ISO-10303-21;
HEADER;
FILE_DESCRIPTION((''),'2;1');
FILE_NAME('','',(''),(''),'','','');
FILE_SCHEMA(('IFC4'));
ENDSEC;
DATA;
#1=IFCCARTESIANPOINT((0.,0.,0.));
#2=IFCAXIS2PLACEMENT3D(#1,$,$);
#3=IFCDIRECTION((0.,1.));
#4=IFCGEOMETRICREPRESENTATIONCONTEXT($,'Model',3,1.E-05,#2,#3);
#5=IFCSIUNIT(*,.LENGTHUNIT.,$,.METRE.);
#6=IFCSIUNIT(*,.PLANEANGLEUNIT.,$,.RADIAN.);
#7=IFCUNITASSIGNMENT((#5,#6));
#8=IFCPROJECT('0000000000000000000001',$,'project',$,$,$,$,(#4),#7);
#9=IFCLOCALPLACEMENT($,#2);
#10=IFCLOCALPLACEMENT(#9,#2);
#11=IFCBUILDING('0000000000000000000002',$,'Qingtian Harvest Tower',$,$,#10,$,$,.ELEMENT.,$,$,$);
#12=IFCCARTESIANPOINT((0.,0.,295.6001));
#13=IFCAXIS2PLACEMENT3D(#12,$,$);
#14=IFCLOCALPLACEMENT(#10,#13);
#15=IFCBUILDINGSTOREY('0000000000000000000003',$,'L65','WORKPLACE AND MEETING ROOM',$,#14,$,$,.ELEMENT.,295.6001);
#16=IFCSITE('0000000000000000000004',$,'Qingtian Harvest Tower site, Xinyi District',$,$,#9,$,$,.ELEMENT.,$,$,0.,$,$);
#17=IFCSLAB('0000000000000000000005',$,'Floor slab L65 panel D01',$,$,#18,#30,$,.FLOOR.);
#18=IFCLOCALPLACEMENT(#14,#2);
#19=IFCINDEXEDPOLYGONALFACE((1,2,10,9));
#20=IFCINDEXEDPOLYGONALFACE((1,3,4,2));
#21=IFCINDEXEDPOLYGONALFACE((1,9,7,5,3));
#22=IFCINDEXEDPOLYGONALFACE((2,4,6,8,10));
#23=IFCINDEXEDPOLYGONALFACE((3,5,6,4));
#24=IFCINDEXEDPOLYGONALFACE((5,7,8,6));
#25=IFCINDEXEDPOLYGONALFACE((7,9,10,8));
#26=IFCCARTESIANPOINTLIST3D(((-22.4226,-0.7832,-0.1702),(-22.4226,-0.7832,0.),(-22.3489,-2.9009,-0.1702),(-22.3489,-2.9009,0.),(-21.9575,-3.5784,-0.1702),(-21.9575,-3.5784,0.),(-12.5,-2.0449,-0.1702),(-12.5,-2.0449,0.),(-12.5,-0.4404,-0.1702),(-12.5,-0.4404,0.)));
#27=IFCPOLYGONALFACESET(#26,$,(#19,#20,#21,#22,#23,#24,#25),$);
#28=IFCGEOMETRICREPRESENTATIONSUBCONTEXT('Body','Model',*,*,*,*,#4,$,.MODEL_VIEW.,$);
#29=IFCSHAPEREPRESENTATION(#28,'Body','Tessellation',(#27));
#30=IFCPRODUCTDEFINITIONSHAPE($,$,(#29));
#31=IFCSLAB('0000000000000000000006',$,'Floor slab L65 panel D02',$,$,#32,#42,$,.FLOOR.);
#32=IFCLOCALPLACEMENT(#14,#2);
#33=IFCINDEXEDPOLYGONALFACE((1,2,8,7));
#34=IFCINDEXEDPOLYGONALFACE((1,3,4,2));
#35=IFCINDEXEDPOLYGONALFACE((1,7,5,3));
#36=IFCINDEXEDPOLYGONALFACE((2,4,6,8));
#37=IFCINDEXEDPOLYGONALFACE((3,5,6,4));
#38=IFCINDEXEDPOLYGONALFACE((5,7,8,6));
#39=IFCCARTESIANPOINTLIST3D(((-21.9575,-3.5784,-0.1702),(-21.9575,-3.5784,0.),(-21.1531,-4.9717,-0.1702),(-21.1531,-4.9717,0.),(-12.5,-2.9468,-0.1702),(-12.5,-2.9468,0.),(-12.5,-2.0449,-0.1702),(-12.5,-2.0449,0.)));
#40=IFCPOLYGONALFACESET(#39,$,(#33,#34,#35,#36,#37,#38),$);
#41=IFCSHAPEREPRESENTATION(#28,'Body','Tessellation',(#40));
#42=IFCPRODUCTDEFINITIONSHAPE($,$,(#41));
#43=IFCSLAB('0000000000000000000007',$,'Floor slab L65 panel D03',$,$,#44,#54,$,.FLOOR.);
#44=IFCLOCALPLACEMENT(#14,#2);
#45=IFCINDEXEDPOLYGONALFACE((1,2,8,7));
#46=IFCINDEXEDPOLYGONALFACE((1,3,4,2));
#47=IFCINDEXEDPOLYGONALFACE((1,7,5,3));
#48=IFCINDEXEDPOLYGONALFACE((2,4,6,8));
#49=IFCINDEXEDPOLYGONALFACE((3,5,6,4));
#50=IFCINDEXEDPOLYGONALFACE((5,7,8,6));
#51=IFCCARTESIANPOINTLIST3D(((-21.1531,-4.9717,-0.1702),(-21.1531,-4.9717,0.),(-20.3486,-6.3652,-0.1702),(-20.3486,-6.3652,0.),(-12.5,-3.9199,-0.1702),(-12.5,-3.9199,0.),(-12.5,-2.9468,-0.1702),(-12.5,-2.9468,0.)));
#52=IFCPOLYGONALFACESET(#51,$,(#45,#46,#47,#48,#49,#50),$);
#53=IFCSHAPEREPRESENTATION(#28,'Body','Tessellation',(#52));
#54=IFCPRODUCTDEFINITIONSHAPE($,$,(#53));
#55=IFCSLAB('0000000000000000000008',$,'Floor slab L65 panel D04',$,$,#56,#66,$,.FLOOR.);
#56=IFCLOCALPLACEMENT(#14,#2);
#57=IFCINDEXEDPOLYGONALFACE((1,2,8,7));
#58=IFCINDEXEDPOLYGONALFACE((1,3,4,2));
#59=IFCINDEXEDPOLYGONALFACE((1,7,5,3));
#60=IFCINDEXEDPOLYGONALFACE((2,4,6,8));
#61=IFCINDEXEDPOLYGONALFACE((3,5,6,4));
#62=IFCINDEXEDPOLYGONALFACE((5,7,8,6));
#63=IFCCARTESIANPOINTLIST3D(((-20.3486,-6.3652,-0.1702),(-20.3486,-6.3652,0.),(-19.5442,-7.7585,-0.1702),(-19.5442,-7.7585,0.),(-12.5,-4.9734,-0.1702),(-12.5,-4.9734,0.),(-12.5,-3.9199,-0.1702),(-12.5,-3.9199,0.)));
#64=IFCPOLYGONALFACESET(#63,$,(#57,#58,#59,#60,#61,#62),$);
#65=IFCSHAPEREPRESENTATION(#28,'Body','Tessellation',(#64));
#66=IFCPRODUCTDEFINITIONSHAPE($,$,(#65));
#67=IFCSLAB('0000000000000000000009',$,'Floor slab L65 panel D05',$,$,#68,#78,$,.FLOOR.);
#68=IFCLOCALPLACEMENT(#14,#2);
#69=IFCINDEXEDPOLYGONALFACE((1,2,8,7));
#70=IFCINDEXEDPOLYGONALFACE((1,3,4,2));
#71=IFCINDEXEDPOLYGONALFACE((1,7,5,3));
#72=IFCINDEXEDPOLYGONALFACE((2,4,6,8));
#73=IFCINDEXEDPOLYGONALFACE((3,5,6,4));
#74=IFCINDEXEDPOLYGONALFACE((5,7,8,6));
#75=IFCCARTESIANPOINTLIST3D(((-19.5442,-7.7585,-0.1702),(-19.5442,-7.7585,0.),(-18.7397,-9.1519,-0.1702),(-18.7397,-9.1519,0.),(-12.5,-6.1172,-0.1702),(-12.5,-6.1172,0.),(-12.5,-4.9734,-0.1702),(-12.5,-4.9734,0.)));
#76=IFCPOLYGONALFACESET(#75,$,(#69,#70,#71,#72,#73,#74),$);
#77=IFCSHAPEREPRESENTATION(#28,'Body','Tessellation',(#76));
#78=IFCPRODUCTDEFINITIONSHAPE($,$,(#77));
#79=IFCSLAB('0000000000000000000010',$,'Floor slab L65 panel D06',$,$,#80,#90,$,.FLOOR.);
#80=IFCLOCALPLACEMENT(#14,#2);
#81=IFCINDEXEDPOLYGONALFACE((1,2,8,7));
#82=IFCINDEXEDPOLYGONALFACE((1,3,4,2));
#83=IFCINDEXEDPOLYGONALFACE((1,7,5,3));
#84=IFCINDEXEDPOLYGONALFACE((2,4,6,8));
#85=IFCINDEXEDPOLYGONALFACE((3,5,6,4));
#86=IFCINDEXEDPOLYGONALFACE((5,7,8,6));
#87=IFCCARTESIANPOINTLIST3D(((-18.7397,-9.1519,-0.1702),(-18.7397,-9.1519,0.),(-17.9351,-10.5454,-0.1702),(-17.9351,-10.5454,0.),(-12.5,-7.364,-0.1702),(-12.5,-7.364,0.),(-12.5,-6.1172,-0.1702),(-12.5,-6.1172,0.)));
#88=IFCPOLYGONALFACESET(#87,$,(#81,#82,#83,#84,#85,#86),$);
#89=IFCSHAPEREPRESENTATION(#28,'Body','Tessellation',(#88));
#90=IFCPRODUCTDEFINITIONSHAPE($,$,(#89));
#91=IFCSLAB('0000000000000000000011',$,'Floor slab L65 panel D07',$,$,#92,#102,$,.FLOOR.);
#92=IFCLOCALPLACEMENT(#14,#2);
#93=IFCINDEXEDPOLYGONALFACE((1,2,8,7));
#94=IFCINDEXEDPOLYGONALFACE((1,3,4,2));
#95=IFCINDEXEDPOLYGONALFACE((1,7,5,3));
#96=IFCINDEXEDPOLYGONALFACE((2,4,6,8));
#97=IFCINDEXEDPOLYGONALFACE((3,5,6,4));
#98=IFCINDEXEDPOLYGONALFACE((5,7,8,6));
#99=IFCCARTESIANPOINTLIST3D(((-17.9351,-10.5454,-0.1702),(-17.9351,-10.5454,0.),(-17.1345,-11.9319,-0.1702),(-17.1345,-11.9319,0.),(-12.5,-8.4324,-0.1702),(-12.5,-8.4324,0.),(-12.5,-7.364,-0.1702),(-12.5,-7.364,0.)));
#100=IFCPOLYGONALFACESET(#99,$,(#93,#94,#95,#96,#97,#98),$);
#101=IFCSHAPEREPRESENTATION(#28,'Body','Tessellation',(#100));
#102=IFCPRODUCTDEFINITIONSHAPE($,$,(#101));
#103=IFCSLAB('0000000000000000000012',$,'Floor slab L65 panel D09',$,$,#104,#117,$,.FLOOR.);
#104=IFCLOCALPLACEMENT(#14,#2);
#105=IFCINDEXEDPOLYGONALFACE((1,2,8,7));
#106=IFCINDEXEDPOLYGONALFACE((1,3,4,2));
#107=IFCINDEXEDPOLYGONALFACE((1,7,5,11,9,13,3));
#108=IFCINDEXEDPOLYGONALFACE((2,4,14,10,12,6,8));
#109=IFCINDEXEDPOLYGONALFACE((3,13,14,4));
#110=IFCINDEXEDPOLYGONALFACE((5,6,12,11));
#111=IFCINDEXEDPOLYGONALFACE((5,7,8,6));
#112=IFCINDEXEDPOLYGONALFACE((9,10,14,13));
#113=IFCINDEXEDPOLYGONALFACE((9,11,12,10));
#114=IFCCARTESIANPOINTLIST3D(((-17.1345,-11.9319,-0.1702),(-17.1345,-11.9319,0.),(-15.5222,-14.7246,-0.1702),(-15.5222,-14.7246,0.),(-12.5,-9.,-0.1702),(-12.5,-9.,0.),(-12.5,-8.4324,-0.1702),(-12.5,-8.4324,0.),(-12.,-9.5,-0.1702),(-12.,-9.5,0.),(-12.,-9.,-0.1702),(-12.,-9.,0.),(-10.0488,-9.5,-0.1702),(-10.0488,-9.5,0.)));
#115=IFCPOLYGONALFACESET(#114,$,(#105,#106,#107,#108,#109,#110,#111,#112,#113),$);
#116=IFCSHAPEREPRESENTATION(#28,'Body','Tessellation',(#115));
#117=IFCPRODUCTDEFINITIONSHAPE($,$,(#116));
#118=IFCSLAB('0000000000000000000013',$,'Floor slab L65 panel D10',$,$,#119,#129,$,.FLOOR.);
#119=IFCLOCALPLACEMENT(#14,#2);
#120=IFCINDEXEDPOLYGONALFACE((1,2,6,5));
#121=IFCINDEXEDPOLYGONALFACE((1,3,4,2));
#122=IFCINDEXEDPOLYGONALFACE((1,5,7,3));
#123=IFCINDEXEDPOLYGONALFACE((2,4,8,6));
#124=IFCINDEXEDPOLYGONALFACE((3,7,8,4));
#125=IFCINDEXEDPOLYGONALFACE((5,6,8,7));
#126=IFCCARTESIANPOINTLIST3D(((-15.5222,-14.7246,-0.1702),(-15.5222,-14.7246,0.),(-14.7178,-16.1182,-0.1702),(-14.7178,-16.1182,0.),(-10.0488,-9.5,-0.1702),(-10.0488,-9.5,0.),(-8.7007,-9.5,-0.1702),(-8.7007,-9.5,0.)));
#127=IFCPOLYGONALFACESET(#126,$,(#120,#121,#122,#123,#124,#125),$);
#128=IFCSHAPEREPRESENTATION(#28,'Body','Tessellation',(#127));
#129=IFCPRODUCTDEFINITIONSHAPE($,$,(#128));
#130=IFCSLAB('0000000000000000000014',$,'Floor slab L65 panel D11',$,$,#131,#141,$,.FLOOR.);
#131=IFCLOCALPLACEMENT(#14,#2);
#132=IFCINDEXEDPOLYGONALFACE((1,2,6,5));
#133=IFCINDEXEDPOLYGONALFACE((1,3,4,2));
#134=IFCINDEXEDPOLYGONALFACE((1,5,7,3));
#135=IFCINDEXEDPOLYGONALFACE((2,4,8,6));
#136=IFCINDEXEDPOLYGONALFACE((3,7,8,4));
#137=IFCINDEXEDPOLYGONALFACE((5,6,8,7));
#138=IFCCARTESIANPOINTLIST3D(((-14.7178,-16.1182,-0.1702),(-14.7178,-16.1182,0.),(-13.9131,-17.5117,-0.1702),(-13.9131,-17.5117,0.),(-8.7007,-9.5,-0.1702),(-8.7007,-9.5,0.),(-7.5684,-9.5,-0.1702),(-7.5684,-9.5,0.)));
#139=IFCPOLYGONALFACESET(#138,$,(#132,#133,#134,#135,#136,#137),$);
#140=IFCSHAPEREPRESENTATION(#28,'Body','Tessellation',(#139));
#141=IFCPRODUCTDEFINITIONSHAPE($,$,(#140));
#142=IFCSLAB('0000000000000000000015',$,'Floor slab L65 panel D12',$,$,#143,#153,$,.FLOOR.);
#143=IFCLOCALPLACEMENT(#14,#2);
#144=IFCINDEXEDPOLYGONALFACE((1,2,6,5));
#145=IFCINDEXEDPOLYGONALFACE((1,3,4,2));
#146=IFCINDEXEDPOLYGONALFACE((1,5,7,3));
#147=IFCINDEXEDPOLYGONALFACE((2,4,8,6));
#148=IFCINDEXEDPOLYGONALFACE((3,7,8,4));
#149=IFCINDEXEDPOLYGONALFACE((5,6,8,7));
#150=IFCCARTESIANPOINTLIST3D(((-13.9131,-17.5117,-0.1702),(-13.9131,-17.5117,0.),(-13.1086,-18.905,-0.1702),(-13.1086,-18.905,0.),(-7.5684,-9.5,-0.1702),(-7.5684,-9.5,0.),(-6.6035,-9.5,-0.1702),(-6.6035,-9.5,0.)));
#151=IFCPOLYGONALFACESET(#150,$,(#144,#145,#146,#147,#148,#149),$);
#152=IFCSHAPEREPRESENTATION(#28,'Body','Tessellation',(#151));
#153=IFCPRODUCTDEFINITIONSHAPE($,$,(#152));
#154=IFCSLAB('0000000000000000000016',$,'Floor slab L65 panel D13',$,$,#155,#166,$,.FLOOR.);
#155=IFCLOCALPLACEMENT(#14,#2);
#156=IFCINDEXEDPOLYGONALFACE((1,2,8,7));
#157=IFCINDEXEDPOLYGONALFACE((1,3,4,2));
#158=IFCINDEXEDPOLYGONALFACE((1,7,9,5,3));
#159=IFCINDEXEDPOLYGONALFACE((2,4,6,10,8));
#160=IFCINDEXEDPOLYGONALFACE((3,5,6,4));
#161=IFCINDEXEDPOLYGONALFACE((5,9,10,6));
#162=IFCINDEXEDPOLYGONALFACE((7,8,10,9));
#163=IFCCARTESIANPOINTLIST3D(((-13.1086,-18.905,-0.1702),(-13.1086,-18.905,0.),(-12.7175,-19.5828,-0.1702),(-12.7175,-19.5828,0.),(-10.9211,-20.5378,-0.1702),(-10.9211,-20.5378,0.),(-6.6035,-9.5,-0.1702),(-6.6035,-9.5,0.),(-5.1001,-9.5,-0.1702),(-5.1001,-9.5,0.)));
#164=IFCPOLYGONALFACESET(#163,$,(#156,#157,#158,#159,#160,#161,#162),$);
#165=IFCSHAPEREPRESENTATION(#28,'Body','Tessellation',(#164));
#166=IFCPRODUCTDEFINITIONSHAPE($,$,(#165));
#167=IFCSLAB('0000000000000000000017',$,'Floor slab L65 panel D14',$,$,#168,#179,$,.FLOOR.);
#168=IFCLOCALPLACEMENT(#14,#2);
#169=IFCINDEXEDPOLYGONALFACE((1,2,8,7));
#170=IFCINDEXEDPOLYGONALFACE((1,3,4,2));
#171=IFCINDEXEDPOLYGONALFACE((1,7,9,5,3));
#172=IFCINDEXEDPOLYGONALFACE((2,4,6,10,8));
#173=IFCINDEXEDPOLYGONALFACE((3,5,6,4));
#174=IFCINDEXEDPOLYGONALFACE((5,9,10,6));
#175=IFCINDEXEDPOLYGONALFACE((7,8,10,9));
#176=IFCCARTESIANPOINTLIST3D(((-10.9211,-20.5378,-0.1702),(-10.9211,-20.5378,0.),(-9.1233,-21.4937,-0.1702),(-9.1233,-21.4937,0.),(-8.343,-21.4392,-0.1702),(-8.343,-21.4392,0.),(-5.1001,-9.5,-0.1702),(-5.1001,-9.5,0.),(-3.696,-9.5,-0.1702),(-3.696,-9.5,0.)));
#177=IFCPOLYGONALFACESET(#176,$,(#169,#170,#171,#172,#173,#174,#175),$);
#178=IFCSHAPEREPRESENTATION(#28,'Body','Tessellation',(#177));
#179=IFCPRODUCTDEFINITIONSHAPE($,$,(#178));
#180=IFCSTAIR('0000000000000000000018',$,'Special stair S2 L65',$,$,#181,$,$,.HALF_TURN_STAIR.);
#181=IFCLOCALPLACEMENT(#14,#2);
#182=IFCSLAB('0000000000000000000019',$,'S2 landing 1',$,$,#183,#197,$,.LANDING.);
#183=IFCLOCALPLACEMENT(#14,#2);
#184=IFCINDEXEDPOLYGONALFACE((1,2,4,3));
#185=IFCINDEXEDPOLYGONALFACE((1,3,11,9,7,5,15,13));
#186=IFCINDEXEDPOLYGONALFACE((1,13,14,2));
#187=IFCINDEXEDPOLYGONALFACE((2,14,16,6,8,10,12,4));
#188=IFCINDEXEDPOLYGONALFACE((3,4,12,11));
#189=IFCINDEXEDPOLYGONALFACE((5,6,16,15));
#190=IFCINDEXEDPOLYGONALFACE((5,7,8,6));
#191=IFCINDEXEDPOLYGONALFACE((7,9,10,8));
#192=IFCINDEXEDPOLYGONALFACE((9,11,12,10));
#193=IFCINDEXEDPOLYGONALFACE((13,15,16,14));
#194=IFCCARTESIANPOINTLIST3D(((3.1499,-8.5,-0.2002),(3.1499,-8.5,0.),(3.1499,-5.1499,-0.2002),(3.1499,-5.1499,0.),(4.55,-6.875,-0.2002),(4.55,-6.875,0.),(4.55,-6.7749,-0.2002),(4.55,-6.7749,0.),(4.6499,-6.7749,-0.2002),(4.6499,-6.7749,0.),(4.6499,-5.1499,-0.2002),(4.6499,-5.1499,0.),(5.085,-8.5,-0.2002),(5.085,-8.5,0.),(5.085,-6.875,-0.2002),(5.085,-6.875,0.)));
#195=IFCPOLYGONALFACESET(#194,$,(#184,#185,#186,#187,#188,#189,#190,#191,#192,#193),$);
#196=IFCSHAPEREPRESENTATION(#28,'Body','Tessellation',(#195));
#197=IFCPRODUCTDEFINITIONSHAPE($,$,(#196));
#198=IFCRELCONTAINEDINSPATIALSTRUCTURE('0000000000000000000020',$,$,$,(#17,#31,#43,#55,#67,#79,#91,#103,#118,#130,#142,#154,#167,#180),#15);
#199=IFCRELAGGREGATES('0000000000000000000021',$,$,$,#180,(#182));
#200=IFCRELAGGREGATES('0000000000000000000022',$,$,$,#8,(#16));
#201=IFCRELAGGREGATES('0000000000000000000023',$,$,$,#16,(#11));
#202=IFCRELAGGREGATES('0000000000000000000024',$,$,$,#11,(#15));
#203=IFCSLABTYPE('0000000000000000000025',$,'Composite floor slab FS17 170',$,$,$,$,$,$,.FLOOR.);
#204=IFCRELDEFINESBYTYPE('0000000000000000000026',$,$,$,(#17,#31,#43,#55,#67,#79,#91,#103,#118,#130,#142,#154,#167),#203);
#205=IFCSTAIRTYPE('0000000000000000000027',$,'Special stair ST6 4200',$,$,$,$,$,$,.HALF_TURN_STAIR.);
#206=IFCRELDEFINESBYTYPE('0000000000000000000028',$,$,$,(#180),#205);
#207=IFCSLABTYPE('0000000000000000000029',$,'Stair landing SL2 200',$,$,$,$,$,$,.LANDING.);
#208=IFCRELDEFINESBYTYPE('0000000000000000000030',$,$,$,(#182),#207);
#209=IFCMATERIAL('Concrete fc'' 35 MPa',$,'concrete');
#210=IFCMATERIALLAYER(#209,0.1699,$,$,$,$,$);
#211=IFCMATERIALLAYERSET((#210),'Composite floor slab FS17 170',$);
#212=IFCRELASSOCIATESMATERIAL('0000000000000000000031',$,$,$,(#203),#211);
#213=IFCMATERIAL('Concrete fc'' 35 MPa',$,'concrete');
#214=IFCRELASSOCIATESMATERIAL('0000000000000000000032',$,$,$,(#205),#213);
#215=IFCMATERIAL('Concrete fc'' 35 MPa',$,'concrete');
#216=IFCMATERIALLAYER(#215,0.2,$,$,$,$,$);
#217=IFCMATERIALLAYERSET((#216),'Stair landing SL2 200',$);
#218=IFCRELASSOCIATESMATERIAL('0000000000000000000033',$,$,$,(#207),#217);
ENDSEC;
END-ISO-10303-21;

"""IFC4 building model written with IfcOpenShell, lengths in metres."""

from ifc_helpers import new_model, si_unit, direction, frame, origin, place, context, subcontext, project, spatial, polyline, outline, extrude, material, layer, layer_set, type_object, element, aggregate, save


model = new_model("IFC4")

# Units and contexts
model_context = context("Model", 3, precision=1e-05, world=origin(), true_north=direction((0.0, 1.0)))
body_context = subcontext(model_context, "Body", "Model", "MODEL_VIEW")
ifc_project = project(units=[si_unit("LENGTHUNIT", "METRE"), si_unit("PLANEANGLEUNIT", "RADIAN")], contexts=[model_context])

# Site, building, storey
site_placement = place(None, origin())
site = spatial("IfcSite", under=ifc_project, at=site_placement, Name="Qingtian Harvest Tower site, Xinyi District", CompositionType="ELEMENT", RefElevation=0.0)
building_placement = place(site_placement, origin())
building = spatial("IfcBuilding", under=site, at=building_placement, Name="Qingtian Harvest Tower", CompositionType="ELEMENT")
storey_placement = place(building_placement, frame((0.0, 0.0, 295.6001)))
storey = spatial("IfcBuildingStorey", under=building, at=storey_placement, Name="L65", Description="WORKPLACE AND MEETING ROOM", CompositionType="ELEMENT", Elevation=295.6001)

# Slabs
ifc_material_1 = material(Name="Concrete fc' 35 MPa", Category="concrete")
ifc_layer_1 = layer(ifc_material_1, 0.1699)
ifc_layer_set_1 = layer_set([ifc_layer_1], Name="Composite floor slab FS17 170")
slab_type_1 = type_object("IfcSlabType", Name="Composite floor slab FS17 170", PredefinedType="FLOOR", material=ifc_layer_set_1)
slab_1_placement = place(storey_placement, frame((0.0, 0.0, -0.1702)))
element("IfcSlab", 1, at=slab_1_placement, inside=storey, type_object=slab_type_1, Name="Floor slab L65 panel D01", PredefinedType="FLOOR", context=body_context, shape_type="SweptSolid", body=[
    extrude(outline(polyline([(-22.4226, -0.7832), (-12.5, -0.4404), (-12.5, -2.0449), (-21.9575, -3.5784), (-22.3489, -2.9009), (-22.4226, -0.7832)])), origin(), (0.0, 0.0, 1.0), 0.1702),
])
slab_2_placement = place(storey_placement, frame((0.0, 0.0, -0.1702)))
element("IfcSlab", 2, at=slab_2_placement, inside=storey, type_object=slab_type_1, Name="Floor slab L65 panel D02", PredefinedType="FLOOR", context=body_context, shape_type="SweptSolid", body=[
    extrude(outline(polyline([(-12.5, -2.9468), (-21.1531, -4.9717), (-21.9575, -3.5784), (-12.5, -2.0449), (-12.5, -2.9468)])), origin(), (0.0, 0.0, 1.0), 0.1702),
])
slab_3_placement = place(storey_placement, frame((0.0, 0.0, -0.1702)))
element("IfcSlab", 3, at=slab_3_placement, inside=storey, type_object=slab_type_1, Name="Floor slab L65 panel D03", PredefinedType="FLOOR", context=body_context, shape_type="SweptSolid", body=[
    extrude(outline(polyline([(-12.5, -3.9199), (-20.3486, -6.3652), (-21.1531, -4.9717), (-12.5, -2.9468), (-12.5, -3.9199)])), origin(), (0.0, 0.0, 1.0), 0.1702),
])
slab_4_placement = place(storey_placement, frame((0.0, 0.0, -0.1702)))
element("IfcSlab", 4, at=slab_4_placement, inside=storey, type_object=slab_type_1, Name="Floor slab L65 panel D04", PredefinedType="FLOOR", context=body_context, shape_type="SweptSolid", body=[
    extrude(outline(polyline([(-12.5, -4.9734), (-19.5442, -7.7585), (-20.3486, -6.3652), (-12.5, -3.9199), (-12.5, -4.9734)])), origin(), (0.0, 0.0, 1.0), 0.1702),
])
slab_5_placement = place(storey_placement, frame((0.0, 0.0, -0.1702)))
element("IfcSlab", 5, at=slab_5_placement, inside=storey, type_object=slab_type_1, Name="Floor slab L65 panel D05", PredefinedType="FLOOR", context=body_context, shape_type="SweptSolid", body=[
    extrude(outline(polyline([(-12.5, -6.1172), (-18.7397, -9.1519), (-19.5442, -7.7585), (-12.5, -4.9734), (-12.5, -6.1172)])), origin(), (0.0, 0.0, 1.0), 0.1702),
])
slab_6_placement = place(storey_placement, frame((0.0, 0.0, -0.1702)))
element("IfcSlab", 6, at=slab_6_placement, inside=storey, type_object=slab_type_1, Name="Floor slab L65 panel D06", PredefinedType="FLOOR", context=body_context, shape_type="SweptSolid", body=[
    extrude(outline(polyline([(-12.5, -7.364), (-17.9351, -10.5454), (-18.7397, -9.1519), (-12.5, -6.1172), (-12.5, -7.364)])), origin(), (0.0, 0.0, 1.0), 0.1702),
])
slab_7_placement = place(storey_placement, frame((0.0, 0.0, -0.1702)))
element("IfcSlab", 7, at=slab_7_placement, inside=storey, type_object=slab_type_1, Name="Floor slab L65 panel D07", PredefinedType="FLOOR", context=body_context, shape_type="SweptSolid", body=[
    extrude(outline(polyline([(-12.5, -8.4324), (-17.1345, -11.9319), (-17.9351, -10.5454), (-12.5, -7.364), (-12.5, -8.4324)])), origin(), (0.0, 0.0, 1.0), 0.1702),
])
slab_8_placement = place(storey_placement, frame((0.0, 0.0, -0.1702)))
element("IfcSlab", 8, at=slab_8_placement, inside=storey, type_object=slab_type_1, Name="Floor slab L65 panel D09", PredefinedType="FLOOR", context=body_context, shape_type="SweptSolid", body=[
    extrude(outline(polyline([(-15.5222, -14.7246), (-17.1345, -11.9319), (-12.5, -8.4324), (-12.5, -9.0), (-12.0, -9.0), (-12.0, -9.5), (-10.0488, -9.5), (-15.5222, -14.7246)])), origin(), (0.0, 0.0, 1.0), 0.1702),
])
slab_9_placement = place(storey_placement, frame((0.0, 0.0, -0.1702)))
element("IfcSlab", 9, at=slab_9_placement, inside=storey, type_object=slab_type_1, Name="Floor slab L65 panel D10", PredefinedType="FLOOR", context=body_context, shape_type="SweptSolid", body=[
    extrude(outline(polyline([(-8.7007, -9.5), (-14.7178, -16.1182), (-15.5222, -14.7246), (-10.0488, -9.5), (-8.7007, -9.5)])), origin(), (0.0, 0.0, 1.0), 0.1702),
])
slab_10_placement = place(storey_placement, frame((0.0, 0.0, -0.1702)))
element("IfcSlab", 10, at=slab_10_placement, inside=storey, type_object=slab_type_1, Name="Floor slab L65 panel D11", PredefinedType="FLOOR", context=body_context, shape_type="SweptSolid", body=[
    extrude(outline(polyline([(-7.5684, -9.5), (-13.9131, -17.5117), (-14.7178, -16.1182), (-8.7007, -9.5), (-7.5684, -9.5)])), origin(), (0.0, 0.0, 1.0), 0.1702),
])
slab_11_placement = place(storey_placement, frame((0.0, 0.0, -0.1702)))
element("IfcSlab", 11, at=slab_11_placement, inside=storey, type_object=slab_type_1, Name="Floor slab L65 panel D12", PredefinedType="FLOOR", context=body_context, shape_type="SweptSolid", body=[
    extrude(outline(polyline([(-6.6035, -9.5), (-13.1086, -18.905), (-13.9131, -17.5117), (-7.5684, -9.5), (-6.6035, -9.5)])), origin(), (0.0, 0.0, 1.0), 0.1702),
])
slab_12_placement = place(storey_placement, frame((0.0, 0.0, -0.1702)))
element("IfcSlab", 12, at=slab_12_placement, inside=storey, type_object=slab_type_1, Name="Floor slab L65 panel D13", PredefinedType="FLOOR", context=body_context, shape_type="SweptSolid", body=[
    extrude(outline(polyline([(-6.6035, -9.5), (-5.1001, -9.5), (-10.9211, -20.5378), (-12.7175, -19.5828), (-13.1086, -18.905), (-6.6035, -9.5)])), origin(), (0.0, 0.0, 1.0), 0.1702),
])
slab_13_placement = place(storey_placement, frame((0.0, 0.0, -0.1702)))
element("IfcSlab", 13, at=slab_13_placement, inside=storey, type_object=slab_type_1, Name="Floor slab L65 panel D14", PredefinedType="FLOOR", context=body_context, shape_type="SweptSolid", body=[
    extrude(outline(polyline([(-5.1001, -9.5), (-3.696, -9.5), (-8.343, -21.4392), (-9.1233, -21.4937), (-10.9211, -20.5378), (-5.1001, -9.5)])), origin(), (0.0, 0.0, 1.0), 0.1702),
])

# Stair, slab
ifc_material_2 = material(Name="Concrete fc' 35 MPa", Category="concrete")
stair_type = type_object("IfcStairType", Name="Special stair ST6 4200", PredefinedType="HALF_TURN_STAIR", material=ifc_material_2)
stair_placement = place(storey_placement, origin())
stair = element("IfcStair", 14, at=stair_placement, inside=storey, type_object=stair_type, Name="Special stair S2 L65", PredefinedType="HALF_TURN_STAIR")
ifc_material_3 = material(Name="Concrete fc' 35 MPa", Category="concrete")
ifc_layer_2 = layer(ifc_material_3, 0.2)
ifc_layer_set_2 = layer_set([ifc_layer_2], Name="Stair landing SL2 200")
slab_type_2 = type_object("IfcSlabType", Name="Stair landing SL2 200", PredefinedType="LANDING", material=ifc_layer_set_2)
slab_14_placement = place(storey_placement, frame((0.0, 0.0, -0.2002)))
slab_14 = element("IfcSlab", 15, at=slab_14_placement, type_object=slab_type_2, Name="S2 landing 1", PredefinedType="LANDING", context=body_context, shape_type="SweptSolid", body=[
    extrude(outline(polyline([(5.085, -8.5), (3.1499, -8.5), (3.1499, -5.1499), (4.6499, -5.1499), (4.6499, -6.7749), (4.55, -6.7749), (4.55, -6.875), (5.085, -6.875), (5.085, -8.5)])), origin(), (0.0, 0.0, 1.0), 0.2002),
])
aggregate(stair, [slab_14])

save(model, "model.ifc")
